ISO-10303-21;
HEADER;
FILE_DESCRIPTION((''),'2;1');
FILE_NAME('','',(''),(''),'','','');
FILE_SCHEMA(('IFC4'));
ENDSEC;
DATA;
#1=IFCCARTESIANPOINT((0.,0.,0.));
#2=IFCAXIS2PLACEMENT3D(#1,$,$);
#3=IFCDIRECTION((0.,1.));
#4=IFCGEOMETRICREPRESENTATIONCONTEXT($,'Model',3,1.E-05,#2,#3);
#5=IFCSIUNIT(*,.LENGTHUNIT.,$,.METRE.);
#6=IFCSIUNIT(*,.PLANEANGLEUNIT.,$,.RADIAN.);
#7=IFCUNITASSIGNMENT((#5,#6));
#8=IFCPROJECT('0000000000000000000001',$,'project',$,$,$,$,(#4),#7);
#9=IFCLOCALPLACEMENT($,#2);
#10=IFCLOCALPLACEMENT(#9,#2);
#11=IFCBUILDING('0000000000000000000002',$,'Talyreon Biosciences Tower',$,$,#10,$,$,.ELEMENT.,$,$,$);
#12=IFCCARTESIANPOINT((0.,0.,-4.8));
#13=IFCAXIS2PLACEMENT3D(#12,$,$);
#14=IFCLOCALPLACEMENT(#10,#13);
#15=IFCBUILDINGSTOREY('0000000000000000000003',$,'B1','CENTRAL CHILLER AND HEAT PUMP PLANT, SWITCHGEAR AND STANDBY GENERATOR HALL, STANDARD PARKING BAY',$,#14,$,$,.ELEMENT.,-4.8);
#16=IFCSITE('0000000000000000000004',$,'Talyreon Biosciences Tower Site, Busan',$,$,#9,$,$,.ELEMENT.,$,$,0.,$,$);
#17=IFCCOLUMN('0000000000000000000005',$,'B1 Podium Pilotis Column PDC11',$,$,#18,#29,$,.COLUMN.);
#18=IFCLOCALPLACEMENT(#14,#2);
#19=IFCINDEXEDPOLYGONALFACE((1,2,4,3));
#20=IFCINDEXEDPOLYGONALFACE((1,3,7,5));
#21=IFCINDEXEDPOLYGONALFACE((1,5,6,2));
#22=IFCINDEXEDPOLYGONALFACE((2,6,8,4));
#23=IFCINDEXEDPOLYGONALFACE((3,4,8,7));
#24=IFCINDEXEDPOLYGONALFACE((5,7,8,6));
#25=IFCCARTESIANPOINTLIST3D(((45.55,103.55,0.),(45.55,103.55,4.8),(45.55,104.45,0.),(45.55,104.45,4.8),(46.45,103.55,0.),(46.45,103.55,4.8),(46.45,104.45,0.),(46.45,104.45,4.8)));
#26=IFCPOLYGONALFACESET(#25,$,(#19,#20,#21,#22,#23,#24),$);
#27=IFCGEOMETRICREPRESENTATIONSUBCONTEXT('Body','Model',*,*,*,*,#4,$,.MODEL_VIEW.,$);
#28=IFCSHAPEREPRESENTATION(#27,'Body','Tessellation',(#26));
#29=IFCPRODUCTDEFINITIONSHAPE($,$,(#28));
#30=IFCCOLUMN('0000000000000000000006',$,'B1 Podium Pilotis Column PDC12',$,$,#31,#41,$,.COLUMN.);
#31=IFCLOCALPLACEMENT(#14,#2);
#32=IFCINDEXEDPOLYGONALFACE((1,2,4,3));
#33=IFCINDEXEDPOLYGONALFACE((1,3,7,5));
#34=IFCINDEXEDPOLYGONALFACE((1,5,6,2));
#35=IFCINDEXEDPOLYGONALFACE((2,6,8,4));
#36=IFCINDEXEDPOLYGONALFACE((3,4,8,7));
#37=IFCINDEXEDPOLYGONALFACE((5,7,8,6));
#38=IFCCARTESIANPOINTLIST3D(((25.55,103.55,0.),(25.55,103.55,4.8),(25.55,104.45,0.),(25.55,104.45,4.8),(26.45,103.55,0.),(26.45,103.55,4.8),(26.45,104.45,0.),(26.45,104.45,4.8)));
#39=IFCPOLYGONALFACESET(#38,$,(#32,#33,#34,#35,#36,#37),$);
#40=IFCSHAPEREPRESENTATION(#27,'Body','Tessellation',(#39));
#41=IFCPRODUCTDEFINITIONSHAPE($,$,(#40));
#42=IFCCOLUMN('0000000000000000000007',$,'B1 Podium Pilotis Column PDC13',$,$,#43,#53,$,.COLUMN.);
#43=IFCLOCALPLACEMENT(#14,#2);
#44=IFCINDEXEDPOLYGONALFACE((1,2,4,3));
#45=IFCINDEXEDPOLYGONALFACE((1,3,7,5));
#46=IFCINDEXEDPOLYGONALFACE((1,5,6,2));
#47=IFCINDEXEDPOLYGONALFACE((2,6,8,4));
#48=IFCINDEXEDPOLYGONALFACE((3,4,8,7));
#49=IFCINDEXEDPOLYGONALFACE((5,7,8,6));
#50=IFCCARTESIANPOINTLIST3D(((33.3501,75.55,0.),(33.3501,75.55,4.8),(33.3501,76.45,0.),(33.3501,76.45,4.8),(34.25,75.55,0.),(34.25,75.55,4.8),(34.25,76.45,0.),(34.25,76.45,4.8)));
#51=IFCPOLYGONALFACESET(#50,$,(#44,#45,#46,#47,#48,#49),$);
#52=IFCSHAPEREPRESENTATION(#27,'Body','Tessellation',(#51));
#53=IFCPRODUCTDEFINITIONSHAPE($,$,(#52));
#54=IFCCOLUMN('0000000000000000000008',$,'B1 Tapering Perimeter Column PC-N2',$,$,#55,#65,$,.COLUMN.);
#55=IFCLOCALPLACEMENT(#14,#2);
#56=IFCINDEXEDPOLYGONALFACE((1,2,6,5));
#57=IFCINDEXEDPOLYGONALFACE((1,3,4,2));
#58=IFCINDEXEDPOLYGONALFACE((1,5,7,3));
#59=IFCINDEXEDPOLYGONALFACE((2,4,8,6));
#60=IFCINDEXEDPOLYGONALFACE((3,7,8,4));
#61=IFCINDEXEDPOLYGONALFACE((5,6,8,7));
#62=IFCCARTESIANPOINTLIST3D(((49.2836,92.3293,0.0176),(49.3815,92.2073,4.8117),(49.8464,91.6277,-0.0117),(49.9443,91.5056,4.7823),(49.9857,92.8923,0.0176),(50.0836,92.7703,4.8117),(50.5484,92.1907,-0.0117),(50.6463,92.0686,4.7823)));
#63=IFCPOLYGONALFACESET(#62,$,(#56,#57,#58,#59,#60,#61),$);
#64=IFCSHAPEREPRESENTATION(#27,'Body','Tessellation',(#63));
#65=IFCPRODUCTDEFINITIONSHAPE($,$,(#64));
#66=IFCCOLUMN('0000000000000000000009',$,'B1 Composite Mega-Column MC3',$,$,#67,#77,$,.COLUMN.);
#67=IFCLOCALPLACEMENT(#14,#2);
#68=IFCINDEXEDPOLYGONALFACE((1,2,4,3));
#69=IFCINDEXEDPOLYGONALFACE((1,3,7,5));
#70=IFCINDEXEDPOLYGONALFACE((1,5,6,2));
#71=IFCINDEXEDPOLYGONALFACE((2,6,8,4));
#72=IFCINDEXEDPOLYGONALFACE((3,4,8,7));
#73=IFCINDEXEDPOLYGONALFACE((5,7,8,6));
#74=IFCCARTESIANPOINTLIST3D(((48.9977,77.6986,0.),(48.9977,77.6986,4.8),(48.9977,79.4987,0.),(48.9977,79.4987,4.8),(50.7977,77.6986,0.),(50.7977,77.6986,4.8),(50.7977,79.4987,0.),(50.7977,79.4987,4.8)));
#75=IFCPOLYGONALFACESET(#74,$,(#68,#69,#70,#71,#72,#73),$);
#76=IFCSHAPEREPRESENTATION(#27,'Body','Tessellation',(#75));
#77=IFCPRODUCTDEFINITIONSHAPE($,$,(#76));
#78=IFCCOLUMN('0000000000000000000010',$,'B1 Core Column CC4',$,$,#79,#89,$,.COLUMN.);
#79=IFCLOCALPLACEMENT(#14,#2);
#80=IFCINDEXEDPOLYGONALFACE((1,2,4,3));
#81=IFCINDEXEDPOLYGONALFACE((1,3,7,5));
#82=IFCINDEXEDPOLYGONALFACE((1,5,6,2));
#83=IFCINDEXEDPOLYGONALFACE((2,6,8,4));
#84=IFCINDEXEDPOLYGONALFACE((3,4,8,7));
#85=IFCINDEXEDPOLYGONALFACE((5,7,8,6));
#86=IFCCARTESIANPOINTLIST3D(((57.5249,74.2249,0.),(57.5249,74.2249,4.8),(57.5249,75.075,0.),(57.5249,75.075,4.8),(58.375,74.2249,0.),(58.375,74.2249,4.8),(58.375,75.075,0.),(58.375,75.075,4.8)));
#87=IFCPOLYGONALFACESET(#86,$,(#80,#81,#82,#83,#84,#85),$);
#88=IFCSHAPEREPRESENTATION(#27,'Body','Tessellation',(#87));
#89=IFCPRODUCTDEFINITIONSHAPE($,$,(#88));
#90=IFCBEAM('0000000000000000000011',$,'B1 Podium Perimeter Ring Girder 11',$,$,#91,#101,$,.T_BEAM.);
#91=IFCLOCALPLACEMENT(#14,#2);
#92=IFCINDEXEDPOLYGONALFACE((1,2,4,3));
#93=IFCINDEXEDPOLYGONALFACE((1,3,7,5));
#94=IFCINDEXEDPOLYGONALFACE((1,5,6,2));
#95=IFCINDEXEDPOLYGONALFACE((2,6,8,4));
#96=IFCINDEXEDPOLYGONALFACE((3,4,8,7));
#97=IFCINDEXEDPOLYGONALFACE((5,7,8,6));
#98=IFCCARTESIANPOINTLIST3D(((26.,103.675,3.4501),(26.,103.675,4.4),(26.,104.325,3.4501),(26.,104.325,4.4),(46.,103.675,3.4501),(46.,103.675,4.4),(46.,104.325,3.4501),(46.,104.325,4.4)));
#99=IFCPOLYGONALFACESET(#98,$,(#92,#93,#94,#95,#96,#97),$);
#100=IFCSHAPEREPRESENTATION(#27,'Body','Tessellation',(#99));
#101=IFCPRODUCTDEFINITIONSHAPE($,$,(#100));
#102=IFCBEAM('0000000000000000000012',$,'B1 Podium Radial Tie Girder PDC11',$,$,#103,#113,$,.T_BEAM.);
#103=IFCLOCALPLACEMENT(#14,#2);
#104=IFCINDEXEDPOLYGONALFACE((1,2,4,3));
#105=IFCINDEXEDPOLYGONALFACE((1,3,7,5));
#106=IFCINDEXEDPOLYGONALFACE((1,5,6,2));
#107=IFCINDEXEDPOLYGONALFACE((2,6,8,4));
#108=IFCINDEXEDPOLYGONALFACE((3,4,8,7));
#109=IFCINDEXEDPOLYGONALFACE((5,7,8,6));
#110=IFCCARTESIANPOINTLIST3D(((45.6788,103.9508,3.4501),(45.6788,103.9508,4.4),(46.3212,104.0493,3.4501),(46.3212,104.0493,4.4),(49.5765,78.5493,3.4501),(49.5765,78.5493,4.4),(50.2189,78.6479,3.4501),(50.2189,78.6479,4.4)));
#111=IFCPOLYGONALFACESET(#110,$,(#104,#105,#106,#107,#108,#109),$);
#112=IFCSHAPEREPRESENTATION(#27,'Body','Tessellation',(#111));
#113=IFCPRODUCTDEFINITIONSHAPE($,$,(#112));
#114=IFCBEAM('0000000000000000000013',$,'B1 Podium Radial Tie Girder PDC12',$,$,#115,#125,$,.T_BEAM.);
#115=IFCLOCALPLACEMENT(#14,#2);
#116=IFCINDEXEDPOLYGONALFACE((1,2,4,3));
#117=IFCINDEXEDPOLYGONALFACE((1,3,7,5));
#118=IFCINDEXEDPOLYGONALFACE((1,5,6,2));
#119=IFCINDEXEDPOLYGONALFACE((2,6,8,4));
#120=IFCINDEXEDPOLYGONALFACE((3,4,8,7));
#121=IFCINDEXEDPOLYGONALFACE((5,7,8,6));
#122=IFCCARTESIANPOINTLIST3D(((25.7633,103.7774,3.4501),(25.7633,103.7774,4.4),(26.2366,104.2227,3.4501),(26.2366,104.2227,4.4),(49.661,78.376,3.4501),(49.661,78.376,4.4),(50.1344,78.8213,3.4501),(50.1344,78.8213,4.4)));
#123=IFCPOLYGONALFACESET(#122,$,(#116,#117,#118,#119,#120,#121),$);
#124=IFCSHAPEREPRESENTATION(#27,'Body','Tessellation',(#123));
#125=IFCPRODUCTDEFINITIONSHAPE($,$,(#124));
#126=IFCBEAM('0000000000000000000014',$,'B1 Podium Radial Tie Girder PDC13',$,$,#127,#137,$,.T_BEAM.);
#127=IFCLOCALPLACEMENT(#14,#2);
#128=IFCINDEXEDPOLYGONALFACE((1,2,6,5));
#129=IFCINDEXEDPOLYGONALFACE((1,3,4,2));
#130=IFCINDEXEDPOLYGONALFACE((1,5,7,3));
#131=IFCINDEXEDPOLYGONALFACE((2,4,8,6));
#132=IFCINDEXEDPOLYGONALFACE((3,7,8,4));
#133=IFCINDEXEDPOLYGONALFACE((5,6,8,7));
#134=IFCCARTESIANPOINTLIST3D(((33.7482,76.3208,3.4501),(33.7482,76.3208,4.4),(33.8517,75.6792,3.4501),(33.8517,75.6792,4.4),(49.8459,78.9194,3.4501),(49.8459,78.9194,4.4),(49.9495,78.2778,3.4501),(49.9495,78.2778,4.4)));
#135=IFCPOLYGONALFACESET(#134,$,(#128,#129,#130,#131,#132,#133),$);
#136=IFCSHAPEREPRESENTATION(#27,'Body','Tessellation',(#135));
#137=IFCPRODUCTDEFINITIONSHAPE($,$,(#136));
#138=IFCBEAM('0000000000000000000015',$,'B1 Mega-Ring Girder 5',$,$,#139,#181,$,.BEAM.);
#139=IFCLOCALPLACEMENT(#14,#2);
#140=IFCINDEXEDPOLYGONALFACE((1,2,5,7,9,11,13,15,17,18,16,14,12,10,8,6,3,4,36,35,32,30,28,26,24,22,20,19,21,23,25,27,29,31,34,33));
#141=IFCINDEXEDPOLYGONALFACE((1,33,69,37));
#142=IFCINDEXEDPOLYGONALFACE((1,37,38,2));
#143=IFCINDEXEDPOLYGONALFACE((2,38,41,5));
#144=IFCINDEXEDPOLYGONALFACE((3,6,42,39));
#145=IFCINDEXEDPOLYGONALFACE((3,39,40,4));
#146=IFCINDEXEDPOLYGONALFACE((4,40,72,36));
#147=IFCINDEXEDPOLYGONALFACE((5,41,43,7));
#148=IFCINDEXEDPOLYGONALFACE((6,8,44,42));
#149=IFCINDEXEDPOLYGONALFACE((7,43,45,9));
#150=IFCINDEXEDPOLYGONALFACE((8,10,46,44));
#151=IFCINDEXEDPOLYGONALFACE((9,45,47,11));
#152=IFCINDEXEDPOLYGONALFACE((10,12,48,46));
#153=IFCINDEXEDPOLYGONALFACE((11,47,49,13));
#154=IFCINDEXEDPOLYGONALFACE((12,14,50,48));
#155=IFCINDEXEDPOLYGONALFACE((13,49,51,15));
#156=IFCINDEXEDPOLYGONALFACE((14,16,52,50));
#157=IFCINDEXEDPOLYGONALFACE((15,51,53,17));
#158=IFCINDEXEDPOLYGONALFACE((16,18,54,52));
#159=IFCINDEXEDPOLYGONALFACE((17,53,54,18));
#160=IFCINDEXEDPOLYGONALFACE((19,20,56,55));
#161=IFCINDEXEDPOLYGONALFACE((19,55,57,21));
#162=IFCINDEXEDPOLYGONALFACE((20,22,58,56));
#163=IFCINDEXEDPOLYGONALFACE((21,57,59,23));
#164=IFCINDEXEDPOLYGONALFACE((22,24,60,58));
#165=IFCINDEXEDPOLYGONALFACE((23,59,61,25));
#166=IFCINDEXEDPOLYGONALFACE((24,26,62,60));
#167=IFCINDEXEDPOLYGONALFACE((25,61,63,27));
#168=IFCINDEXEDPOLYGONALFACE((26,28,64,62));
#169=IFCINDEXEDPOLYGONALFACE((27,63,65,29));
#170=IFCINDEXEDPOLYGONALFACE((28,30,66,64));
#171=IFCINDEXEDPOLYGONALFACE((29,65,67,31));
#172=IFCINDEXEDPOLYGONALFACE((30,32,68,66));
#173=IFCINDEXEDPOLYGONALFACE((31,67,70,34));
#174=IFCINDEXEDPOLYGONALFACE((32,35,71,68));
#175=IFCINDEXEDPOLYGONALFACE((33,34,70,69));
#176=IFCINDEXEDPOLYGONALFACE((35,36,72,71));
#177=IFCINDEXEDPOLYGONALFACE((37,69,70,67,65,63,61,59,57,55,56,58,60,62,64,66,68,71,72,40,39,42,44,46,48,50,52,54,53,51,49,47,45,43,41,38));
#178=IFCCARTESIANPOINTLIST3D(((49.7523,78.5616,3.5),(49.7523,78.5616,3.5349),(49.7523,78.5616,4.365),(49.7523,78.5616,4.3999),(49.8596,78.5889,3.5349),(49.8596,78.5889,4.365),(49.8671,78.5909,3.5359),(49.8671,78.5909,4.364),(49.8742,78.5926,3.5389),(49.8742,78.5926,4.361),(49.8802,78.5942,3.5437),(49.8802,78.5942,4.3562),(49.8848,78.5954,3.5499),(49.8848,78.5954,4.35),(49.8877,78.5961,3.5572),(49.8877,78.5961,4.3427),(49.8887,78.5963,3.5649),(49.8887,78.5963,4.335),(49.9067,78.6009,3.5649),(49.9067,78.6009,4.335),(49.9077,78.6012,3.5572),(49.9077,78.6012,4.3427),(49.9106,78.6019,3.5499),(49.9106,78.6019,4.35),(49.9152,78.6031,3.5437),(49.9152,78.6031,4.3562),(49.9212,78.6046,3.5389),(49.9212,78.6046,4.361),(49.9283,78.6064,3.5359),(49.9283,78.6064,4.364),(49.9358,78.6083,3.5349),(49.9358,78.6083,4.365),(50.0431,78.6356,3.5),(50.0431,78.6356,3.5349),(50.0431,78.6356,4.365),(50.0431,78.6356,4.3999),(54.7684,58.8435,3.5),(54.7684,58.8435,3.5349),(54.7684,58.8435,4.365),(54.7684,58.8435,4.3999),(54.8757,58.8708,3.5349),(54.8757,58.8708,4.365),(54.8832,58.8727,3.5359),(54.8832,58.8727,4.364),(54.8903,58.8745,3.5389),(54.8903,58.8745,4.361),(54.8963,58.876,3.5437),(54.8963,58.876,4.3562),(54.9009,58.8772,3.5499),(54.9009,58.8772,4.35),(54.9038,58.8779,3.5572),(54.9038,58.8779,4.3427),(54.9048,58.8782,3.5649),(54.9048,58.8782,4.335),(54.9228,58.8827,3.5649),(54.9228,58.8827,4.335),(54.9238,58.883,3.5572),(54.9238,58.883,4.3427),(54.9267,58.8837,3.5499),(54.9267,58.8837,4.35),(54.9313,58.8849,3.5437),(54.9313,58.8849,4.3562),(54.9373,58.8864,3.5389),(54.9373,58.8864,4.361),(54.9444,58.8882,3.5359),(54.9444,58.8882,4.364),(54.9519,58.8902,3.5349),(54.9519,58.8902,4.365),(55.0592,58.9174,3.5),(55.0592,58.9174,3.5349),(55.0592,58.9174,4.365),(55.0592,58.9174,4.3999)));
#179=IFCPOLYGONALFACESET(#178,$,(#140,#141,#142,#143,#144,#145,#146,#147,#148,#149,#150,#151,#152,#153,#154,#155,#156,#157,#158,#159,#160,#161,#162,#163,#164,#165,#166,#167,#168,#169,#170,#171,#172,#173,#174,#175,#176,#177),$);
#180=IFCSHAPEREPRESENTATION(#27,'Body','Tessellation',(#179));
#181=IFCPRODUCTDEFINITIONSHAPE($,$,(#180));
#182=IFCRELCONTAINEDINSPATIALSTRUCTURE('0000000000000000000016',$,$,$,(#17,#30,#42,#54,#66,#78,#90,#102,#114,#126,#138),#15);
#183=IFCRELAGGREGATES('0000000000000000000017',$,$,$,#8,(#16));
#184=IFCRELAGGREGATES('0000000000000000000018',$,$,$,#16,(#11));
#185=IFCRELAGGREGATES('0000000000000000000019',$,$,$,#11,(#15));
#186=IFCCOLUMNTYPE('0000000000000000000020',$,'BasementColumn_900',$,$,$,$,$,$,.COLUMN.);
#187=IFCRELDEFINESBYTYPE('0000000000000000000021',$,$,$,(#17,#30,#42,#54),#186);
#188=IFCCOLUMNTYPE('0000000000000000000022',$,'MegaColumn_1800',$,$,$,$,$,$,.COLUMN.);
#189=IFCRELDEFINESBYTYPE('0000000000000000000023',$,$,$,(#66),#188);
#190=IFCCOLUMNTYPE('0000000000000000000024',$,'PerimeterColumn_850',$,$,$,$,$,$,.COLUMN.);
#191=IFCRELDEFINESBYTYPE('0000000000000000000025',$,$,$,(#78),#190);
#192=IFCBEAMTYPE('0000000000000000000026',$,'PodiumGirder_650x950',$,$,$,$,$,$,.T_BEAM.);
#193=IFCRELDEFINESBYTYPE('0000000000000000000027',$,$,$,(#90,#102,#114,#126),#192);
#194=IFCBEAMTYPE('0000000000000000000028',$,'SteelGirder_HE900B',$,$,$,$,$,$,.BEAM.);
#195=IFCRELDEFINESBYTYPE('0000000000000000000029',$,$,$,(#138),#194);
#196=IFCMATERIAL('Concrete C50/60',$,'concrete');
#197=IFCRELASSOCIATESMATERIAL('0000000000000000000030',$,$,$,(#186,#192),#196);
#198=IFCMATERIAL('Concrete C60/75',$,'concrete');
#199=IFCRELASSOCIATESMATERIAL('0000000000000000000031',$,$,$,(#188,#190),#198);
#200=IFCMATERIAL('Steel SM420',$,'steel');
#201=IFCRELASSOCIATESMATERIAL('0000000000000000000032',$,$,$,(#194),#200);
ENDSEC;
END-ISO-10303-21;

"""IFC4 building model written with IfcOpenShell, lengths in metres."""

from ifc_helpers import new_model, si_unit, direction, frame, origin, origin_2d, place, context, subcontext, project, spatial, rectangle, i_section, extrude, material, material_profile, profile_set, type_object, element, save


model = new_model("IFC4")

# Units and contexts
model_context = context("Model", 3, precision=1e-05, world=origin(), true_north=direction((0.0, 1.0)))
body_context = subcontext(model_context, "Body", "Model", "MODEL_VIEW")
ifc_project = project(units=[si_unit("LENGTHUNIT", "METRE"), si_unit("PLANEANGLEUNIT", "RADIAN")], contexts=[model_context])

# Site, building, storey
site_placement = place(None, origin())
site = spatial("IfcSite", under=ifc_project, at=site_placement, Name="Talyreon Biosciences Tower Site, Busan", CompositionType="ELEMENT", RefElevation=0.0)
building_placement = place(site_placement, origin())
building = spatial("IfcBuilding", under=site, at=building_placement, Name="Talyreon Biosciences Tower", CompositionType="ELEMENT")
storey_placement = place(building_placement, frame((0.0, 0.0, -4.8)))
storey = spatial("IfcBuildingStorey", under=building, at=storey_placement, Name="B1", Description="CENTRAL CHILLER AND HEAT PUMP PLANT, SWITCHGEAR AND STANDBY GENERATOR HALL, STANDARD PARKING BAY", CompositionType="ELEMENT", Elevation=-4.8)

# Columns
ifc_material_1 = material(Name="Concrete C50/60", Category="concrete")
ifc_material_profile_1 = material_profile(ifc_material_1, rectangle(XDim=0.8999, YDim=0.8999, at=origin_2d()), Name="RC 900x900")
ifc_profile_set_1 = profile_set([ifc_material_profile_1], Name="Concrete C50/60")
column_type_1 = type_object("IfcColumnType", Name="BasementColumn_900", PredefinedType="COLUMN", material=ifc_profile_set_1)
for number, where, z_axis, x_axis, name in (
    (1, (46.0, 104.0, 0.0), (0.0, 0.0, 1.0), (1.0, 0.0, 0.0), "B1 Podium Pilotis Column PDC11"),
    (2, (26.0, 104.0, 0.0), (0.0, 0.0, 1.0), (1.0, 0.0, 0.0), "B1 Podium Pilotis Column PDC12"),
    (3, (33.8, 76.0, 0.0), (0.0, 0.0, 1.0), (1.0, 0.0, 0.0), "B1 Podium Pilotis Column PDC13"),
):
    element("IfcColumn", number, at=place(storey_placement, frame(where, z_axis=z_axis, x_axis=x_axis)), inside=storey, type_object=column_type_1, Name=name, PredefinedType="COLUMN", context=body_context, shape_type="SweptSolid", body=[
        extrude(rectangle(XDim=0.8999, YDim=0.8999, at=origin_2d()), origin(), (0.0, 0.0, 1.0), 4.8),
    ])
column_1_placement = place(storey_placement, frame((49.916, 92.26, 0.0029), z_axis=(0.02041, -0.025449, 0.999468), x_axis=(-0.780107, -0.625646, 0.0)))
element("IfcColumn", 4, at=column_1_placement, inside=storey, type_object=column_type_1, Name="B1 Tapering Perimeter Column PC-N2", PredefinedType="COLUMN", context=body_context, shape_type="SweptSolid", body=[
    extrude(rectangle(XDim=0.8999, YDim=0.8999, at=origin_2d()), origin(), (0.0, 0.0, 1.0), 4.7966),
])
ifc_material_2 = material(Name="Concrete C60/75", Category="concrete")
ifc_material_profile_2 = material_profile(ifc_material_2, rectangle(XDim=1.8, YDim=1.8, at=origin_2d()), Name="RC 1800x1800")
ifc_profile_set_2 = profile_set([ifc_material_profile_2], Name="Concrete C60/75")
column_type_2 = type_object("IfcColumnType", Name="MegaColumn_1800", PredefinedType="COLUMN", material=ifc_profile_set_2)
column_2_placement = place(storey_placement, frame((49.8977, 78.5986, 0.0), z_axis=(0.0, 0.0, 1.0), x_axis=(1.0, 0.0, 0.0)))
element("IfcColumn", 5, at=column_2_placement, inside=storey, type_object=column_type_2, Name="B1 Composite Mega-Column MC3", PredefinedType="COLUMN", context=body_context, shape_type="SweptSolid", body=[
    extrude(rectangle(XDim=1.8, YDim=1.8, at=origin_2d()), origin(), (0.0, 0.0, 1.0), 4.8),
])
ifc_material_profile_3 = material_profile(ifc_material_2, rectangle(XDim=0.8501, YDim=0.8501, at=origin_2d()), Name="RC 850x850")
ifc_profile_set_3 = profile_set([ifc_material_profile_3], Name="Concrete C60/75")
column_type_3 = type_object("IfcColumnType", Name="PerimeterColumn_850", PredefinedType="COLUMN", material=ifc_profile_set_3)
column_3_placement = place(storey_placement, frame((57.95, 74.6499, 0.0), z_axis=(0.0, 0.0, 1.0), x_axis=(1.0, 0.0, 0.0)))
element("IfcColumn", 6, at=column_3_placement, inside=storey, type_object=column_type_3, Name="B1 Core Column CC4", PredefinedType="COLUMN", context=body_context, shape_type="SweptSolid", body=[
    extrude(rectangle(XDim=0.8501, YDim=0.8501, at=origin_2d()), origin(), (0.0, 0.0, 1.0), 4.8),
])

# Beams
ifc_material_profile_4 = material_profile(ifc_material_1, rectangle(XDim=0.6499, YDim=0.95, at=origin_2d()), Name="RCB 650x950")
ifc_profile_set_4 = profile_set([ifc_material_profile_4], Name="Concrete C50/60")
beam_type_1 = type_object("IfcBeamType", Name="PodiumGirder_650x950", PredefinedType="T_BEAM", material=ifc_profile_set_4)
beam_1_placement = place(storey_placement, frame((46.0, 104.0, 3.925), z_axis=(-1.0, 0.0, 0.0), x_axis=(0.0, -1.0, 0.0)))
element("IfcBeam", 7, at=beam_1_placement, inside=storey, type_object=beam_type_1, Name="B1 Podium Perimeter Ring Girder 11", PredefinedType="T_BEAM", context=body_context, shape_type="SweptSolid", body=[
    extrude(rectangle(XDim=0.6499, YDim=0.95, at=origin_2d()), origin(), (0.0, 0.0, 1.0), 20.0),
])
beam_2_placement = place(storey_placement, frame((49.8977, 78.5986, 3.925), z_axis=(-0.15167, 0.988431, 0.0), x_axis=(-0.988431, -0.15167, 0.0)))
element("IfcBeam", 8, at=beam_2_placement, inside=storey, type_object=beam_type_1, Name="B1 Podium Radial Tie Girder PDC11", PredefinedType="T_BEAM", context=body_context, shape_type="SweptSolid", body=[
    extrude(rectangle(XDim=0.6499, YDim=0.95, at=origin_2d()), origin(), (0.0, 0.0, 1.0), 25.6987),
])
beam_3_placement = place(storey_placement, frame((49.8977, 78.5986, 3.925), z_axis=(-0.685221, 0.728335, 0.0), x_axis=(-0.728335, -0.685221, 0.0)))
element("IfcBeam", 9, at=beam_3_placement, inside=storey, type_object=beam_type_1, Name="B1 Podium Radial Tie Girder PDC12", PredefinedType="T_BEAM", context=body_context, shape_type="SweptSolid", body=[
    extrude(rectangle(XDim=0.6499, YDim=0.95, at=origin_2d()), origin(), (0.0, 0.0, 1.0), 34.876),
])
beam_4_placement = place(storey_placement, frame((49.8977, 78.5986, 3.925), z_axis=(-0.98722, -0.159366, 0.0), x_axis=(0.159366, -0.98722, 0.0)))
element("IfcBeam", 10, at=beam_4_placement, inside=storey, type_object=beam_type_1, Name="B1 Podium Radial Tie Girder PDC13", PredefinedType="T_BEAM", context=body_context, shape_type="SweptSolid", body=[
    extrude(rectangle(XDim=0.6499, YDim=0.95, at=origin_2d()), origin(), (0.0, 0.0, 1.0), 16.3062),
])
ifc_material_3 = material(Name="Steel SM420", Category="steel")
ifc_material_profile_5 = material_profile(ifc_material_3, i_section(OverallWidth=0.3, OverallDepth=0.8999, WebThickness=0.0186, FlangeThickness=0.0349, FilletRadius=0.03, at=origin_2d()), Name="HE900B")
ifc_profile_set_5 = profile_set([ifc_material_profile_5], Name="Steel SM420")
beam_type_2 = type_object("IfcBeamType", Name="SteelGirder_HE900B", PredefinedType="BEAM", material=ifc_profile_set_5)
beam_5_placement = place(storey_placement, frame((49.8977, 78.5986, 3.95), z_axis=(0.246537, -0.969133, 0.0), x_axis=(0.969133, 0.246537, 0.0)))
element("IfcBeam", 11, at=beam_5_placement, inside=storey, type_object=beam_type_2, Name="B1 Mega-Ring Girder 5", PredefinedType="BEAM", context=body_context, shape_type="SweptSolid", body=[
    extrude(i_section(OverallWidth=0.3, OverallDepth=0.8999, WebThickness=0.0186, FlangeThickness=0.0349, FilletRadius=0.03, at=origin_2d()), origin(), (0.0, 0.0, 1.0), 20.3462),
])

save(model, "model.ifc")
